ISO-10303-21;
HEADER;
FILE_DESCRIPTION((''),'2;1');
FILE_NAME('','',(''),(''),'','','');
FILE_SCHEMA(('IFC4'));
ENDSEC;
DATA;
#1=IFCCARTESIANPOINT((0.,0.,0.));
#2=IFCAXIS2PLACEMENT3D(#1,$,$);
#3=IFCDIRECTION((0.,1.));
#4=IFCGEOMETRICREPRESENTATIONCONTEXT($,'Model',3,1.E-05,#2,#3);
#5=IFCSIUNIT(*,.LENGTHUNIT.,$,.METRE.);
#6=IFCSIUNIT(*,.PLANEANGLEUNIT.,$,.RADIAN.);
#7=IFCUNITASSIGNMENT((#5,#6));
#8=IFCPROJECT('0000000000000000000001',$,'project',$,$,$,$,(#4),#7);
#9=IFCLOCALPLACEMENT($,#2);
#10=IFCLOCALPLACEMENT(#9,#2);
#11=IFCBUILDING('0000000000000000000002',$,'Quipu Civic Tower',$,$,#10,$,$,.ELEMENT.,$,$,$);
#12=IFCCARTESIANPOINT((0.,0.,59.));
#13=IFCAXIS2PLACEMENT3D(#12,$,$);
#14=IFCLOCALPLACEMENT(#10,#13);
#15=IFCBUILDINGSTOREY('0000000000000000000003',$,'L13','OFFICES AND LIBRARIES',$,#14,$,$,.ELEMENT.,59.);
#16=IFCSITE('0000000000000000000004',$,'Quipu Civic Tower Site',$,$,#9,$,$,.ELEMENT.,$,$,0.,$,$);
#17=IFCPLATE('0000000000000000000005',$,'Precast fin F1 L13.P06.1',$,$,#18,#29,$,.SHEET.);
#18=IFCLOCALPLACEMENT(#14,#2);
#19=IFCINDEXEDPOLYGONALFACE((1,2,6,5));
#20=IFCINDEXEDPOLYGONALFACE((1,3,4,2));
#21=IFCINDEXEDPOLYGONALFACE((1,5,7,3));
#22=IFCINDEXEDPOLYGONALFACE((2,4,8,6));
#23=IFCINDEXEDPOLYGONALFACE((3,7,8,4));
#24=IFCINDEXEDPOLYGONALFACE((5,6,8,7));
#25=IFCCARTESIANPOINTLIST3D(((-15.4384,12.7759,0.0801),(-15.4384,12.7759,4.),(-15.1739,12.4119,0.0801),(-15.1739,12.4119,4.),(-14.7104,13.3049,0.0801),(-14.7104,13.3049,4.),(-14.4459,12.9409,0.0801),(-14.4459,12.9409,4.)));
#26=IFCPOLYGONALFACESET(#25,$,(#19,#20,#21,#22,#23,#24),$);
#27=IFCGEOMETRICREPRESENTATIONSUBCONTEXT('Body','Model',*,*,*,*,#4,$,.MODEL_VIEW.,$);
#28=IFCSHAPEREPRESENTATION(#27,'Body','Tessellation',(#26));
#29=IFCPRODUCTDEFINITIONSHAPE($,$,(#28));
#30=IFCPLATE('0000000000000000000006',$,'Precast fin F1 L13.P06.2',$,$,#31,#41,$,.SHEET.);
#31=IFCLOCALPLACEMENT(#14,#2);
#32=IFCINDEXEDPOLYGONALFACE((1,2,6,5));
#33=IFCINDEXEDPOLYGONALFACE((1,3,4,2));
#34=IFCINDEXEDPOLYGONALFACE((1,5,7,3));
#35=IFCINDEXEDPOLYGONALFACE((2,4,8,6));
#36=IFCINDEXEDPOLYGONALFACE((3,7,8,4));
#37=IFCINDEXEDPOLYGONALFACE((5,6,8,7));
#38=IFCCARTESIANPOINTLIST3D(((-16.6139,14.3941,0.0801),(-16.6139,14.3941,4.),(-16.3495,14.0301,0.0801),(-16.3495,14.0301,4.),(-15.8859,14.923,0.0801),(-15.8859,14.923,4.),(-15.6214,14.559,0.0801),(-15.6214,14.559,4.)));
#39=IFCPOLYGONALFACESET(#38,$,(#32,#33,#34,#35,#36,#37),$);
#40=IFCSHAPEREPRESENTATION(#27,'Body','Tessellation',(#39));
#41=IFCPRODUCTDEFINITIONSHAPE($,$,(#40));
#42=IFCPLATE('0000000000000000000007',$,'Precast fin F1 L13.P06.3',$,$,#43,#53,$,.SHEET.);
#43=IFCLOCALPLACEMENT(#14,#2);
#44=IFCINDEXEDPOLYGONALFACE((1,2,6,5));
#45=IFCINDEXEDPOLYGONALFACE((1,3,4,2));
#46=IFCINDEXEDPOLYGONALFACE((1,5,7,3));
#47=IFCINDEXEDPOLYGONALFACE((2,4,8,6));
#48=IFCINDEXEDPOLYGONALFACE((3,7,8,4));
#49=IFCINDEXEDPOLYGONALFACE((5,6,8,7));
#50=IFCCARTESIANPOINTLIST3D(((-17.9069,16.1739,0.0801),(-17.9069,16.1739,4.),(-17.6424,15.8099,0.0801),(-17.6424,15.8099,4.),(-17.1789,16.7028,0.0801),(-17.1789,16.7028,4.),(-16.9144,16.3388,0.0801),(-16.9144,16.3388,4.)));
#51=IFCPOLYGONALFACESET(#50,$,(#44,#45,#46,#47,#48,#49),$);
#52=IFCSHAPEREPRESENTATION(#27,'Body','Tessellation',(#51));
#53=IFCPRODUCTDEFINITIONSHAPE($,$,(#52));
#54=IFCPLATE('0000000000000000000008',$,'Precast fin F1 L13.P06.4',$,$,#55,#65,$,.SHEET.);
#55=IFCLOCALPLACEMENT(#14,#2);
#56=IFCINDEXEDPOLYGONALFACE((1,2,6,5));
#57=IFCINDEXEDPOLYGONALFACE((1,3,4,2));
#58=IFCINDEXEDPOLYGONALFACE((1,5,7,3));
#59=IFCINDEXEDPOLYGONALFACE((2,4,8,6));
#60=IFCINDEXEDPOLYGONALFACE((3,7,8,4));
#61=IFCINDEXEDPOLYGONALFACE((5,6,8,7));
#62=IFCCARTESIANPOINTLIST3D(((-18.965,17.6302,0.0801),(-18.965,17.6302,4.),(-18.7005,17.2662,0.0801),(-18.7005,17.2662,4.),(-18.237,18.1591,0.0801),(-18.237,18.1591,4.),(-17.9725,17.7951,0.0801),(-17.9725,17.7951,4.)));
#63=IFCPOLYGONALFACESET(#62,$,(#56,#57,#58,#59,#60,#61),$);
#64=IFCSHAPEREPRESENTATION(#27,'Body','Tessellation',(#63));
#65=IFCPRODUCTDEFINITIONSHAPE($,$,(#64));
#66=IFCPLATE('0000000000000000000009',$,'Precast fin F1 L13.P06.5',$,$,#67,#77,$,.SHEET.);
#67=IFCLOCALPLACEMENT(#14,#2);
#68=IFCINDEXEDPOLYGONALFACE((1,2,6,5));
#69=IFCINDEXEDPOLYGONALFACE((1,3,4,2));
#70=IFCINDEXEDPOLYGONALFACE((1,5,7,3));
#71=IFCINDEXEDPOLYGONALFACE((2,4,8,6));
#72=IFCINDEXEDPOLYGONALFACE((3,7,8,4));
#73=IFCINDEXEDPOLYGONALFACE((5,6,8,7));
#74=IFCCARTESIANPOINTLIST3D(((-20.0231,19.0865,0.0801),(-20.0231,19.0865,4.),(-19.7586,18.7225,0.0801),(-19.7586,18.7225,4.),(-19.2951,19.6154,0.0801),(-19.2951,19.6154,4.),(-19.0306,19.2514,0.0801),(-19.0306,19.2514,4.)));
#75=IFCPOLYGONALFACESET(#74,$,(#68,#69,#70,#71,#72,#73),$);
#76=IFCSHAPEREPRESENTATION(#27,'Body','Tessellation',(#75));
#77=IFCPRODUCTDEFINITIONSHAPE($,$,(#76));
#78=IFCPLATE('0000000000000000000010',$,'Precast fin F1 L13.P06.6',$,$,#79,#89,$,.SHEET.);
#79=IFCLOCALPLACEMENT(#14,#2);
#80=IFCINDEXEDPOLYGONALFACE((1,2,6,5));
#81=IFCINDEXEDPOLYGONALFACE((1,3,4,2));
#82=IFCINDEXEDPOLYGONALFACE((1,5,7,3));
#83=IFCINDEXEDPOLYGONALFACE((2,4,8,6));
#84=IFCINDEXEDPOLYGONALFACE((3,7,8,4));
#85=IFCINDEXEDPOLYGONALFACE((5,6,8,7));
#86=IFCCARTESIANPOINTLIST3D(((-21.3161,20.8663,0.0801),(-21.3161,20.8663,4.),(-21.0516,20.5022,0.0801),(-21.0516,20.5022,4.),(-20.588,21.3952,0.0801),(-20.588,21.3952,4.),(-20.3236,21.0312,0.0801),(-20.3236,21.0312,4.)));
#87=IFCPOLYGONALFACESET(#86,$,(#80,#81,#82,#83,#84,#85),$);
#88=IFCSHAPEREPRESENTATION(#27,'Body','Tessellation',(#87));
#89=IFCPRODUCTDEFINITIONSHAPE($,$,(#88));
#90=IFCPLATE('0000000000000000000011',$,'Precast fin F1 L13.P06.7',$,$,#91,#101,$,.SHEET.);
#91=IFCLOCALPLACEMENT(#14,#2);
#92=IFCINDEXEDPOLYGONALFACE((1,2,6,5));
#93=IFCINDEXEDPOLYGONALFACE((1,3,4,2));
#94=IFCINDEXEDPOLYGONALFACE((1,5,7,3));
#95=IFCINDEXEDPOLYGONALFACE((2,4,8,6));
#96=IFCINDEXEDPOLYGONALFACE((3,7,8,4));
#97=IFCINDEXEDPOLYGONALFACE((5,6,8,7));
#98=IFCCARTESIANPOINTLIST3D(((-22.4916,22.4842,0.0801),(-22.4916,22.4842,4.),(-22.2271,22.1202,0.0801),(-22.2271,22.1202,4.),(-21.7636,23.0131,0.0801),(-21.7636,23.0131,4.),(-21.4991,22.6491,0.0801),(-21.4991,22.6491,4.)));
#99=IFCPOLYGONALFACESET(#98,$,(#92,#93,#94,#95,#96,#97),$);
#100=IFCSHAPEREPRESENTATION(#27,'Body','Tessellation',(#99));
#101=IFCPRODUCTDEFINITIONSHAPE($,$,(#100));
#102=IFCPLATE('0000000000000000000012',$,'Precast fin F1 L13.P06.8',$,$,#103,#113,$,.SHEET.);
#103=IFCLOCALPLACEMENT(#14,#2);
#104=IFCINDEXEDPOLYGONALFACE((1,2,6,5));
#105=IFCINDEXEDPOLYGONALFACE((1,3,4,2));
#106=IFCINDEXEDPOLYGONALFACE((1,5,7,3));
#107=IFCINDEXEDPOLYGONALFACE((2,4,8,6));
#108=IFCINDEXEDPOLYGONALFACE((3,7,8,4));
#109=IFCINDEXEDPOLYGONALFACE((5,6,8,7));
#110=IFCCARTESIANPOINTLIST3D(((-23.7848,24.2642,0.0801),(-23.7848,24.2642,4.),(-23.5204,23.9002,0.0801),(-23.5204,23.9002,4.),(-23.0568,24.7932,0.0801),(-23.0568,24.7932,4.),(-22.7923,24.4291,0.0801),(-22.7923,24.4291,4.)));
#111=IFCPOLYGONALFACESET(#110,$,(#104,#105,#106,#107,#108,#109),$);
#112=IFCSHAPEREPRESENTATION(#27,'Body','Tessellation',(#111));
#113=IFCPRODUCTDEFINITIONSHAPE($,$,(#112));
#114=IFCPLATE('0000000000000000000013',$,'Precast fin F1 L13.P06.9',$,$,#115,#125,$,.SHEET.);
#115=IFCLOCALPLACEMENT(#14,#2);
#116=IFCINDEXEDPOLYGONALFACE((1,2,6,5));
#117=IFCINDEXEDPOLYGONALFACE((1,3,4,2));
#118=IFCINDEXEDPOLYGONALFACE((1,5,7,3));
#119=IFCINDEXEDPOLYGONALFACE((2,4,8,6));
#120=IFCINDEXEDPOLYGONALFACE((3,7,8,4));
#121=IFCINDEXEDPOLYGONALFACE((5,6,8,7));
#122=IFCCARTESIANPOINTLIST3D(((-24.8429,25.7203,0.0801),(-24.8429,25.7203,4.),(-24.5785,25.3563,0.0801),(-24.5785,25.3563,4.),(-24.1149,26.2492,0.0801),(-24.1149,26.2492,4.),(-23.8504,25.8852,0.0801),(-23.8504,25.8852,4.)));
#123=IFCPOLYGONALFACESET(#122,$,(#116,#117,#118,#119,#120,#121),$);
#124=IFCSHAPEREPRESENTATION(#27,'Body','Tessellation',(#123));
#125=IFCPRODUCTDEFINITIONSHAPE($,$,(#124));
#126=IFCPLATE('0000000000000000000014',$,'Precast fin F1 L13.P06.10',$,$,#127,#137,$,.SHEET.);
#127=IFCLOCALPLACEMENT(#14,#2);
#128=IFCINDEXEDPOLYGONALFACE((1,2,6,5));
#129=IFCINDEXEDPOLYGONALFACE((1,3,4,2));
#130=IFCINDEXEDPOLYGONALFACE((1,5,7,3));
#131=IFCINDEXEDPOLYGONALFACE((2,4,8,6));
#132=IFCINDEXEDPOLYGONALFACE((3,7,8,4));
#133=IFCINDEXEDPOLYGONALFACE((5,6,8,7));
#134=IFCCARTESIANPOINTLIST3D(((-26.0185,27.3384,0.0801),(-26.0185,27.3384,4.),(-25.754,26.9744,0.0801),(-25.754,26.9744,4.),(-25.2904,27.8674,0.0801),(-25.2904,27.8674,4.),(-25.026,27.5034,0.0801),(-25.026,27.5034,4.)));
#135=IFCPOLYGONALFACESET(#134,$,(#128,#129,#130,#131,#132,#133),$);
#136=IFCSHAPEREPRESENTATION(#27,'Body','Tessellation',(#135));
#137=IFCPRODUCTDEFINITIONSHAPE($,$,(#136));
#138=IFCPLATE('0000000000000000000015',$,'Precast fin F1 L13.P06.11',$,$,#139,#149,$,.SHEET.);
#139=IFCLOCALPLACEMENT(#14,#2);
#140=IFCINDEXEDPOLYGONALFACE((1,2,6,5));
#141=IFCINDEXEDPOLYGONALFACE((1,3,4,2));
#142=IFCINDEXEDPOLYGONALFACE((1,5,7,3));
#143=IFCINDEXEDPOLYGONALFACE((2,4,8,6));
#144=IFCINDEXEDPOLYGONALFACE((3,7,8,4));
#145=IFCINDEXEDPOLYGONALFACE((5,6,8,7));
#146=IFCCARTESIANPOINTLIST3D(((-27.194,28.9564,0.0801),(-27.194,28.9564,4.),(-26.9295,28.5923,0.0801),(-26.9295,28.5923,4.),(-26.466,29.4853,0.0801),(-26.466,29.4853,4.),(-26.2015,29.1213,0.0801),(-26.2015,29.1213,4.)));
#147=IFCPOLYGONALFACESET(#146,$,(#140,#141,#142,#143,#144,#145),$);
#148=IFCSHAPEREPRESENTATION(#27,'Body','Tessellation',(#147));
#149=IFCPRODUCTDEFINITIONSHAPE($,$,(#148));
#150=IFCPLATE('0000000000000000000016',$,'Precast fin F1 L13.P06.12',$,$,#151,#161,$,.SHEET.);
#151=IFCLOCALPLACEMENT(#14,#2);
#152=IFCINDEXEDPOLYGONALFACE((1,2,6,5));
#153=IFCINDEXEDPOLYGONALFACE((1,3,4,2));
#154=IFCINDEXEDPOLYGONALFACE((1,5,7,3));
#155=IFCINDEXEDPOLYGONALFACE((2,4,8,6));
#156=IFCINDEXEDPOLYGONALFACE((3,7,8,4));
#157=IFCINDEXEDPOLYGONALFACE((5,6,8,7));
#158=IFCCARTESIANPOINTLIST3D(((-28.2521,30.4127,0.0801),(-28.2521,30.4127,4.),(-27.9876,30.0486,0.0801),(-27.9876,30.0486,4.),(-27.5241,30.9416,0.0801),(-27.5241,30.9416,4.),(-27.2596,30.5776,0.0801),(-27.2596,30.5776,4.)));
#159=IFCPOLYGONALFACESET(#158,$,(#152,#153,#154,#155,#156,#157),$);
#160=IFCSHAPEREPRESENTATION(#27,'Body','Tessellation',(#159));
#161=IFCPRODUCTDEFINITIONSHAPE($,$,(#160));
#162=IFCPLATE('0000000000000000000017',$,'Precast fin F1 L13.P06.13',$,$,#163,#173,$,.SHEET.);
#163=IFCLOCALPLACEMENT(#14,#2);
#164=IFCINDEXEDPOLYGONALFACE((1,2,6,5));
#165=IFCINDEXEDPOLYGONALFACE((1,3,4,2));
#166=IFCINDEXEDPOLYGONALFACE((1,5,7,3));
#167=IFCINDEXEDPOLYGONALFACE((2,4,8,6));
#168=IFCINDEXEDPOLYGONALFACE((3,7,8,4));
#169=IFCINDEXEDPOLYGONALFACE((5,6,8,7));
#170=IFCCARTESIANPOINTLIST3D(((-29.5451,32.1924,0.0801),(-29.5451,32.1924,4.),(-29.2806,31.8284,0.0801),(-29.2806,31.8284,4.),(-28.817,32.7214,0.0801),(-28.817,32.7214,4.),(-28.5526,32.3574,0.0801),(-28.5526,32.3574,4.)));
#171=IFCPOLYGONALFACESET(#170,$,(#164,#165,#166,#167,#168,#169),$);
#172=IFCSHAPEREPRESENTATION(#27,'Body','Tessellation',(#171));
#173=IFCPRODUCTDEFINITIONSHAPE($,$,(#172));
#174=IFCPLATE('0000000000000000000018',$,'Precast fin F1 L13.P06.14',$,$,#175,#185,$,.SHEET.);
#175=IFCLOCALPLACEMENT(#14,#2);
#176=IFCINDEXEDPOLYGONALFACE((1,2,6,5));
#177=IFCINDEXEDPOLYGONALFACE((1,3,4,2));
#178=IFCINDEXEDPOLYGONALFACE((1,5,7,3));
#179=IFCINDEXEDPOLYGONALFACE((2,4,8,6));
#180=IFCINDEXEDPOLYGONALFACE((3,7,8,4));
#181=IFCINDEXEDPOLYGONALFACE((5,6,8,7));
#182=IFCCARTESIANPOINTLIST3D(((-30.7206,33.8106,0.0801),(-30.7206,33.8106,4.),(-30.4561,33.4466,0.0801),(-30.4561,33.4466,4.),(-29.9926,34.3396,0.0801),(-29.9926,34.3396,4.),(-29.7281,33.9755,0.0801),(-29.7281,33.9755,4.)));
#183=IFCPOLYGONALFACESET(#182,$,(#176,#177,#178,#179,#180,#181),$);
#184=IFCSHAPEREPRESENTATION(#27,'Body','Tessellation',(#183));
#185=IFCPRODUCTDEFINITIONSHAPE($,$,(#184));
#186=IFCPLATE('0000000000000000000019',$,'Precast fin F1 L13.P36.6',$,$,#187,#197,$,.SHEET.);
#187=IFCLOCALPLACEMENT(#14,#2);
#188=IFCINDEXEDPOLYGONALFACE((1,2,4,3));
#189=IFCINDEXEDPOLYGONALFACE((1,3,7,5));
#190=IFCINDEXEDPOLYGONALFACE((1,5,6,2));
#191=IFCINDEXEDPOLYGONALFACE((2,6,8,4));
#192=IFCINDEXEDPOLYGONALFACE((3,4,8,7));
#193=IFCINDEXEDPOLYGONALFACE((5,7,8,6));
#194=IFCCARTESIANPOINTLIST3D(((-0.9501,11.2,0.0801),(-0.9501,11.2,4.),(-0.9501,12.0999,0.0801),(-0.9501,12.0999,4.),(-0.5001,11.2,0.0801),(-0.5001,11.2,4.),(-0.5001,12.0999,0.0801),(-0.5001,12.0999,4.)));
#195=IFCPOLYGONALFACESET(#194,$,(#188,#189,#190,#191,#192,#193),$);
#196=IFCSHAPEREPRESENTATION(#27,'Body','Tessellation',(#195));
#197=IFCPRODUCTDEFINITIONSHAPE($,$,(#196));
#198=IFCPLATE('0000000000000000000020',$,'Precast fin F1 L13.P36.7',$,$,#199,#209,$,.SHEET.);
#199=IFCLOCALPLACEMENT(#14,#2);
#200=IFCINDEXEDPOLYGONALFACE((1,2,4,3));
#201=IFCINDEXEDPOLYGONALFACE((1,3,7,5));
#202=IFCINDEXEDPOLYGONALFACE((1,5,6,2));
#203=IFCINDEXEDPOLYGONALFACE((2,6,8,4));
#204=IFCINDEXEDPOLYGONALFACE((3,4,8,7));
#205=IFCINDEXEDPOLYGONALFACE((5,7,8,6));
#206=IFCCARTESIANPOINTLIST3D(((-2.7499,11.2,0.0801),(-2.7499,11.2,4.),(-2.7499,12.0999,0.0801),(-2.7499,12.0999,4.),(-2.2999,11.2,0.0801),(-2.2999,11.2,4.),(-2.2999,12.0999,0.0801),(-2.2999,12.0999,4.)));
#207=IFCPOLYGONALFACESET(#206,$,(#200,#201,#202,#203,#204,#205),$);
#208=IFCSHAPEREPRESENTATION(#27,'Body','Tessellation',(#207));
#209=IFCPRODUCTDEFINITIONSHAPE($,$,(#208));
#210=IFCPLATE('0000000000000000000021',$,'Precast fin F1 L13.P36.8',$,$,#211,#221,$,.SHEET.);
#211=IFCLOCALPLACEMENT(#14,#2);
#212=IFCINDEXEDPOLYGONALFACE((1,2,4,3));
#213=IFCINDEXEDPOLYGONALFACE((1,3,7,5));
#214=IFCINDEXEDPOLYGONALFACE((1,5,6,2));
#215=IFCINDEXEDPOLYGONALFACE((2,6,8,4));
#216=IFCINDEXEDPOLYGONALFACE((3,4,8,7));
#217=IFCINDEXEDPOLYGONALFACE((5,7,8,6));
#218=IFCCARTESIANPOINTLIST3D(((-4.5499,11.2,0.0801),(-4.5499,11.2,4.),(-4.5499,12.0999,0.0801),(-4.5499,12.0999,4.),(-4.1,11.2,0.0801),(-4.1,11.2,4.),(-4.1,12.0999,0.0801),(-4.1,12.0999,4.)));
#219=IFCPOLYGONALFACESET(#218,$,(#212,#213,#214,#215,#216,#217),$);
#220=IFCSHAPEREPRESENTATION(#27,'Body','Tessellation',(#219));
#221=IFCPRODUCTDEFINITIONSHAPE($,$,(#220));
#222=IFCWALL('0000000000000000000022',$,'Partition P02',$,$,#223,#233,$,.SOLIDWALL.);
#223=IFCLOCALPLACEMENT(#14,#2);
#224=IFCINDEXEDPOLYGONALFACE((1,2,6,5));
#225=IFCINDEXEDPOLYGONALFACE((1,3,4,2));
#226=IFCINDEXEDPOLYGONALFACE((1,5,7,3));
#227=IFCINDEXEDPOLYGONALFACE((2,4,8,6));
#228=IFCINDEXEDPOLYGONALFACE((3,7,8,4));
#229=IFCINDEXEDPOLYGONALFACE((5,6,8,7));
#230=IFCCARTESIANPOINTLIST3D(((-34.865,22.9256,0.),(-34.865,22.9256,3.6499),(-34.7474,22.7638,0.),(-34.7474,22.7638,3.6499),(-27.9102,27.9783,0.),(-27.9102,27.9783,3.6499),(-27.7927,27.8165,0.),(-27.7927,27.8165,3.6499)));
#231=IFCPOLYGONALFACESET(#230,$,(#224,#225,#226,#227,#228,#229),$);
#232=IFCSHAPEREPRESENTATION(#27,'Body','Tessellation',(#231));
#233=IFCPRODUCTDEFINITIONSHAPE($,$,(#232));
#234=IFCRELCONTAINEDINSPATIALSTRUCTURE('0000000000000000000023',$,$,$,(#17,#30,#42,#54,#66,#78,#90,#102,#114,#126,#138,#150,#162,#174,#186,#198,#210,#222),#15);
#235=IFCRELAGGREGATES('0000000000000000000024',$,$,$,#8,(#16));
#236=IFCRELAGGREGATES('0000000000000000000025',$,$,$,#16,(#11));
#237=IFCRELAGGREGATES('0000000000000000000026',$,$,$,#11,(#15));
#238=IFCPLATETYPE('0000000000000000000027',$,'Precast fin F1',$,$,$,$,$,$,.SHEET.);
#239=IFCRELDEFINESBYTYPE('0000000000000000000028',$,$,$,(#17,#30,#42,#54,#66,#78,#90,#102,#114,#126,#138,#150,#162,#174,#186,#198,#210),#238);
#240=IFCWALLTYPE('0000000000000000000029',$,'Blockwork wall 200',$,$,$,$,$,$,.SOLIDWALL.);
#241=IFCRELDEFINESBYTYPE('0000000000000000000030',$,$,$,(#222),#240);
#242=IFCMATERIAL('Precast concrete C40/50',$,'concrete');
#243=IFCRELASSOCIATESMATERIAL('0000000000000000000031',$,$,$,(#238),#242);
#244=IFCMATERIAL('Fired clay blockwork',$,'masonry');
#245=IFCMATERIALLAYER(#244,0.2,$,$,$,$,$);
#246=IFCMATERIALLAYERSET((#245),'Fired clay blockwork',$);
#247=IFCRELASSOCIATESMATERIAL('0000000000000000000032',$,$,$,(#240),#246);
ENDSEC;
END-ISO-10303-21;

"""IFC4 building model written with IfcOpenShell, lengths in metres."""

from ifc_helpers import new_model, si_unit, direction, frame, frame_2d, origin, origin_2d, place, context, subcontext, project, spatial, rectangle, extrude, material, layer, layer_set, type_object, element, save


model = new_model("IFC4")

# Units and contexts
model_context = context("Model", 3, precision=1e-05, world=origin(), true_north=direction((0.0, 1.0)))
body_context = subcontext(model_context, "Body", "Model", "MODEL_VIEW")
ifc_project = project(units=[si_unit("LENGTHUNIT", "METRE"), si_unit("PLANEANGLEUNIT", "RADIAN")], contexts=[model_context])

# Site, building, storey
site_placement = place(None, origin())
site = spatial("IfcSite", under=ifc_project, at=site_placement, Name="Quipu Civic Tower Site", CompositionType="ELEMENT", RefElevation=0.0)
building_placement = place(site_placement, origin())
building = spatial("IfcBuilding", under=site, at=building_placement, Name="Quipu Civic Tower", CompositionType="ELEMENT")
storey_placement = place(building_placement, frame((0.0, 0.0, 59.0)))
storey = spatial("IfcBuildingStorey", under=building, at=storey_placement, Name="L13", Description="OFFICES AND LIBRARIES", CompositionType="ELEMENT", Elevation=59.0)

# Plates
ifc_material_1 = material(Name="Precast concrete C40/50", Category="concrete")
plate_type_1 = type_object("IfcPlateType", Name="Precast fin F1", PredefinedType="SHEET", material=ifc_material_1)
for number, where, z_axis, x_axis, name in (
    (1, (-14.9421, 12.8584, 0.0801), (0.0, 0.0, 1.0), (-0.587785, 0.809017, 0.0), "Precast fin F1 L13.P06.1"),
    (2, (-16.1177, 14.4766, 0.0801), (0.0, 0.0, 1.0), (-0.587785, 0.809017, 0.0), "Precast fin F1 L13.P06.2"),
    (3, (-17.4106, 16.2563, 0.0801), (0.0, 0.0, 1.0), (-0.587785, 0.809017, 0.0), "Precast fin F1 L13.P06.3"),
    (4, (-18.4688, 17.7126, 0.0801), (0.0, 0.0, 1.0), (-0.587785, 0.809017, 0.0), "Precast fin F1 L13.P06.4"),
    (5, (-19.5269, 19.1689, 0.0801), (0.0, 0.0, 1.0), (-0.587785, 0.809017, 0.0), "Precast fin F1 L13.P06.5"),
    (6, (-20.8198, 20.9487, 0.0801), (0.0, 0.0, 1.0), (-0.587785, 0.809017, 0.0), "Precast fin F1 L13.P06.6"),
    (7, (-21.9954, 22.5667, 0.0801), (0.0, 0.0, 1.0), (-0.587785, 0.809017, 0.0), "Precast fin F1 L13.P06.7"),
    (8, (-23.2886, 24.3467, 0.0801), (0.0, 0.0, 1.0), (-0.587785, 0.809017, 0.0), "Precast fin F1 L13.P06.8"),
    (9, (-24.3467, 25.8027, 0.0801), (0.0, 0.0, 1.0), (-0.587785, 0.809017, 0.0), "Precast fin F1 L13.P06.9"),
    (10, (-25.5222, 27.4209, 0.0801), (0.0, 0.0, 1.0), (-0.587785, 0.809017, 0.0), "Precast fin F1 L13.P06.10"),
    (11, (-26.6978, 29.0388, 0.0801), (0.0, 0.0, 1.0), (-0.587785, 0.809017, 0.0), "Precast fin F1 L13.P06.11"),
    (12, (-27.7559, 30.4951, 0.0801), (0.0, 0.0, 1.0), (-0.587785, 0.809017, 0.0), "Precast fin F1 L13.P06.12"),
    (13, (-29.0488, 32.2749, 0.0801), (0.0, 0.0, 1.0), (-0.587785, 0.809017, 0.0), "Precast fin F1 L13.P06.13"),
    (14, (-30.2244, 33.8931, 0.0801), (0.0, 0.0, 1.0), (-0.587785, 0.809017, 0.0), "Precast fin F1 L13.P06.14"),
    (15, (-0.7251, 11.6499, 0.0801), (0.0, 0.0, 1.0), (-1.0, 0.0, 0.0), "Precast fin F1 L13.P36.6"),
    (16, (-2.5249, 11.6499, 0.0801), (0.0, 0.0, 1.0), (-1.0, 0.0, 0.0), "Precast fin F1 L13.P36.7"),
    (17, (-4.325, 11.6499, 0.0801), (0.0, 0.0, 1.0), (-1.0, 0.0, 0.0), "Precast fin F1 L13.P36.8"),
):
    element("IfcPlate", number, at=place(storey_placement, frame(where, z_axis=z_axis, x_axis=x_axis)), inside=storey, type_object=plate_type_1, Name=name, PredefinedType="SHEET", context=body_context, shape_type="SweptSolid", body=[
        extrude(rectangle(XDim=0.45, YDim=0.8999, at=origin_2d()), origin(), (0.0, 0.0, 1.0), 3.9199),
    ])

# Wall
ifc_material_2 = material(Name="Fired clay blockwork", Category="masonry")
ifc_layer_1 = layer(ifc_material_2, 0.2)
ifc_layer_set_1 = layer_set([ifc_layer_1], Name="Fired clay blockwork")
wall_type = type_object("IfcWallType", Name="Blockwork wall 200", PredefinedType="SOLIDWALL", material=ifc_layer_set_1)
wall_placement = place(storey_placement, frame((-27.8513, 27.8975, 0.0), z_axis=(0.0, 0.0, 1.0), x_axis=(-0.809031, -0.587766, 0.0)))
element("IfcWall", 18, at=wall_placement, inside=storey, type_object=wall_type, Name="Partition P02", PredefinedType="SOLIDWALL", context=body_context, shape_type="SweptSolid", body=[
    extrude(rectangle(XDim=8.5964, YDim=0.2, at=frame_2d((4.2983, 0.0))), origin(), (0.0, 0.0, 1.0), 3.6499),
])

save(model, "model.ifc")
